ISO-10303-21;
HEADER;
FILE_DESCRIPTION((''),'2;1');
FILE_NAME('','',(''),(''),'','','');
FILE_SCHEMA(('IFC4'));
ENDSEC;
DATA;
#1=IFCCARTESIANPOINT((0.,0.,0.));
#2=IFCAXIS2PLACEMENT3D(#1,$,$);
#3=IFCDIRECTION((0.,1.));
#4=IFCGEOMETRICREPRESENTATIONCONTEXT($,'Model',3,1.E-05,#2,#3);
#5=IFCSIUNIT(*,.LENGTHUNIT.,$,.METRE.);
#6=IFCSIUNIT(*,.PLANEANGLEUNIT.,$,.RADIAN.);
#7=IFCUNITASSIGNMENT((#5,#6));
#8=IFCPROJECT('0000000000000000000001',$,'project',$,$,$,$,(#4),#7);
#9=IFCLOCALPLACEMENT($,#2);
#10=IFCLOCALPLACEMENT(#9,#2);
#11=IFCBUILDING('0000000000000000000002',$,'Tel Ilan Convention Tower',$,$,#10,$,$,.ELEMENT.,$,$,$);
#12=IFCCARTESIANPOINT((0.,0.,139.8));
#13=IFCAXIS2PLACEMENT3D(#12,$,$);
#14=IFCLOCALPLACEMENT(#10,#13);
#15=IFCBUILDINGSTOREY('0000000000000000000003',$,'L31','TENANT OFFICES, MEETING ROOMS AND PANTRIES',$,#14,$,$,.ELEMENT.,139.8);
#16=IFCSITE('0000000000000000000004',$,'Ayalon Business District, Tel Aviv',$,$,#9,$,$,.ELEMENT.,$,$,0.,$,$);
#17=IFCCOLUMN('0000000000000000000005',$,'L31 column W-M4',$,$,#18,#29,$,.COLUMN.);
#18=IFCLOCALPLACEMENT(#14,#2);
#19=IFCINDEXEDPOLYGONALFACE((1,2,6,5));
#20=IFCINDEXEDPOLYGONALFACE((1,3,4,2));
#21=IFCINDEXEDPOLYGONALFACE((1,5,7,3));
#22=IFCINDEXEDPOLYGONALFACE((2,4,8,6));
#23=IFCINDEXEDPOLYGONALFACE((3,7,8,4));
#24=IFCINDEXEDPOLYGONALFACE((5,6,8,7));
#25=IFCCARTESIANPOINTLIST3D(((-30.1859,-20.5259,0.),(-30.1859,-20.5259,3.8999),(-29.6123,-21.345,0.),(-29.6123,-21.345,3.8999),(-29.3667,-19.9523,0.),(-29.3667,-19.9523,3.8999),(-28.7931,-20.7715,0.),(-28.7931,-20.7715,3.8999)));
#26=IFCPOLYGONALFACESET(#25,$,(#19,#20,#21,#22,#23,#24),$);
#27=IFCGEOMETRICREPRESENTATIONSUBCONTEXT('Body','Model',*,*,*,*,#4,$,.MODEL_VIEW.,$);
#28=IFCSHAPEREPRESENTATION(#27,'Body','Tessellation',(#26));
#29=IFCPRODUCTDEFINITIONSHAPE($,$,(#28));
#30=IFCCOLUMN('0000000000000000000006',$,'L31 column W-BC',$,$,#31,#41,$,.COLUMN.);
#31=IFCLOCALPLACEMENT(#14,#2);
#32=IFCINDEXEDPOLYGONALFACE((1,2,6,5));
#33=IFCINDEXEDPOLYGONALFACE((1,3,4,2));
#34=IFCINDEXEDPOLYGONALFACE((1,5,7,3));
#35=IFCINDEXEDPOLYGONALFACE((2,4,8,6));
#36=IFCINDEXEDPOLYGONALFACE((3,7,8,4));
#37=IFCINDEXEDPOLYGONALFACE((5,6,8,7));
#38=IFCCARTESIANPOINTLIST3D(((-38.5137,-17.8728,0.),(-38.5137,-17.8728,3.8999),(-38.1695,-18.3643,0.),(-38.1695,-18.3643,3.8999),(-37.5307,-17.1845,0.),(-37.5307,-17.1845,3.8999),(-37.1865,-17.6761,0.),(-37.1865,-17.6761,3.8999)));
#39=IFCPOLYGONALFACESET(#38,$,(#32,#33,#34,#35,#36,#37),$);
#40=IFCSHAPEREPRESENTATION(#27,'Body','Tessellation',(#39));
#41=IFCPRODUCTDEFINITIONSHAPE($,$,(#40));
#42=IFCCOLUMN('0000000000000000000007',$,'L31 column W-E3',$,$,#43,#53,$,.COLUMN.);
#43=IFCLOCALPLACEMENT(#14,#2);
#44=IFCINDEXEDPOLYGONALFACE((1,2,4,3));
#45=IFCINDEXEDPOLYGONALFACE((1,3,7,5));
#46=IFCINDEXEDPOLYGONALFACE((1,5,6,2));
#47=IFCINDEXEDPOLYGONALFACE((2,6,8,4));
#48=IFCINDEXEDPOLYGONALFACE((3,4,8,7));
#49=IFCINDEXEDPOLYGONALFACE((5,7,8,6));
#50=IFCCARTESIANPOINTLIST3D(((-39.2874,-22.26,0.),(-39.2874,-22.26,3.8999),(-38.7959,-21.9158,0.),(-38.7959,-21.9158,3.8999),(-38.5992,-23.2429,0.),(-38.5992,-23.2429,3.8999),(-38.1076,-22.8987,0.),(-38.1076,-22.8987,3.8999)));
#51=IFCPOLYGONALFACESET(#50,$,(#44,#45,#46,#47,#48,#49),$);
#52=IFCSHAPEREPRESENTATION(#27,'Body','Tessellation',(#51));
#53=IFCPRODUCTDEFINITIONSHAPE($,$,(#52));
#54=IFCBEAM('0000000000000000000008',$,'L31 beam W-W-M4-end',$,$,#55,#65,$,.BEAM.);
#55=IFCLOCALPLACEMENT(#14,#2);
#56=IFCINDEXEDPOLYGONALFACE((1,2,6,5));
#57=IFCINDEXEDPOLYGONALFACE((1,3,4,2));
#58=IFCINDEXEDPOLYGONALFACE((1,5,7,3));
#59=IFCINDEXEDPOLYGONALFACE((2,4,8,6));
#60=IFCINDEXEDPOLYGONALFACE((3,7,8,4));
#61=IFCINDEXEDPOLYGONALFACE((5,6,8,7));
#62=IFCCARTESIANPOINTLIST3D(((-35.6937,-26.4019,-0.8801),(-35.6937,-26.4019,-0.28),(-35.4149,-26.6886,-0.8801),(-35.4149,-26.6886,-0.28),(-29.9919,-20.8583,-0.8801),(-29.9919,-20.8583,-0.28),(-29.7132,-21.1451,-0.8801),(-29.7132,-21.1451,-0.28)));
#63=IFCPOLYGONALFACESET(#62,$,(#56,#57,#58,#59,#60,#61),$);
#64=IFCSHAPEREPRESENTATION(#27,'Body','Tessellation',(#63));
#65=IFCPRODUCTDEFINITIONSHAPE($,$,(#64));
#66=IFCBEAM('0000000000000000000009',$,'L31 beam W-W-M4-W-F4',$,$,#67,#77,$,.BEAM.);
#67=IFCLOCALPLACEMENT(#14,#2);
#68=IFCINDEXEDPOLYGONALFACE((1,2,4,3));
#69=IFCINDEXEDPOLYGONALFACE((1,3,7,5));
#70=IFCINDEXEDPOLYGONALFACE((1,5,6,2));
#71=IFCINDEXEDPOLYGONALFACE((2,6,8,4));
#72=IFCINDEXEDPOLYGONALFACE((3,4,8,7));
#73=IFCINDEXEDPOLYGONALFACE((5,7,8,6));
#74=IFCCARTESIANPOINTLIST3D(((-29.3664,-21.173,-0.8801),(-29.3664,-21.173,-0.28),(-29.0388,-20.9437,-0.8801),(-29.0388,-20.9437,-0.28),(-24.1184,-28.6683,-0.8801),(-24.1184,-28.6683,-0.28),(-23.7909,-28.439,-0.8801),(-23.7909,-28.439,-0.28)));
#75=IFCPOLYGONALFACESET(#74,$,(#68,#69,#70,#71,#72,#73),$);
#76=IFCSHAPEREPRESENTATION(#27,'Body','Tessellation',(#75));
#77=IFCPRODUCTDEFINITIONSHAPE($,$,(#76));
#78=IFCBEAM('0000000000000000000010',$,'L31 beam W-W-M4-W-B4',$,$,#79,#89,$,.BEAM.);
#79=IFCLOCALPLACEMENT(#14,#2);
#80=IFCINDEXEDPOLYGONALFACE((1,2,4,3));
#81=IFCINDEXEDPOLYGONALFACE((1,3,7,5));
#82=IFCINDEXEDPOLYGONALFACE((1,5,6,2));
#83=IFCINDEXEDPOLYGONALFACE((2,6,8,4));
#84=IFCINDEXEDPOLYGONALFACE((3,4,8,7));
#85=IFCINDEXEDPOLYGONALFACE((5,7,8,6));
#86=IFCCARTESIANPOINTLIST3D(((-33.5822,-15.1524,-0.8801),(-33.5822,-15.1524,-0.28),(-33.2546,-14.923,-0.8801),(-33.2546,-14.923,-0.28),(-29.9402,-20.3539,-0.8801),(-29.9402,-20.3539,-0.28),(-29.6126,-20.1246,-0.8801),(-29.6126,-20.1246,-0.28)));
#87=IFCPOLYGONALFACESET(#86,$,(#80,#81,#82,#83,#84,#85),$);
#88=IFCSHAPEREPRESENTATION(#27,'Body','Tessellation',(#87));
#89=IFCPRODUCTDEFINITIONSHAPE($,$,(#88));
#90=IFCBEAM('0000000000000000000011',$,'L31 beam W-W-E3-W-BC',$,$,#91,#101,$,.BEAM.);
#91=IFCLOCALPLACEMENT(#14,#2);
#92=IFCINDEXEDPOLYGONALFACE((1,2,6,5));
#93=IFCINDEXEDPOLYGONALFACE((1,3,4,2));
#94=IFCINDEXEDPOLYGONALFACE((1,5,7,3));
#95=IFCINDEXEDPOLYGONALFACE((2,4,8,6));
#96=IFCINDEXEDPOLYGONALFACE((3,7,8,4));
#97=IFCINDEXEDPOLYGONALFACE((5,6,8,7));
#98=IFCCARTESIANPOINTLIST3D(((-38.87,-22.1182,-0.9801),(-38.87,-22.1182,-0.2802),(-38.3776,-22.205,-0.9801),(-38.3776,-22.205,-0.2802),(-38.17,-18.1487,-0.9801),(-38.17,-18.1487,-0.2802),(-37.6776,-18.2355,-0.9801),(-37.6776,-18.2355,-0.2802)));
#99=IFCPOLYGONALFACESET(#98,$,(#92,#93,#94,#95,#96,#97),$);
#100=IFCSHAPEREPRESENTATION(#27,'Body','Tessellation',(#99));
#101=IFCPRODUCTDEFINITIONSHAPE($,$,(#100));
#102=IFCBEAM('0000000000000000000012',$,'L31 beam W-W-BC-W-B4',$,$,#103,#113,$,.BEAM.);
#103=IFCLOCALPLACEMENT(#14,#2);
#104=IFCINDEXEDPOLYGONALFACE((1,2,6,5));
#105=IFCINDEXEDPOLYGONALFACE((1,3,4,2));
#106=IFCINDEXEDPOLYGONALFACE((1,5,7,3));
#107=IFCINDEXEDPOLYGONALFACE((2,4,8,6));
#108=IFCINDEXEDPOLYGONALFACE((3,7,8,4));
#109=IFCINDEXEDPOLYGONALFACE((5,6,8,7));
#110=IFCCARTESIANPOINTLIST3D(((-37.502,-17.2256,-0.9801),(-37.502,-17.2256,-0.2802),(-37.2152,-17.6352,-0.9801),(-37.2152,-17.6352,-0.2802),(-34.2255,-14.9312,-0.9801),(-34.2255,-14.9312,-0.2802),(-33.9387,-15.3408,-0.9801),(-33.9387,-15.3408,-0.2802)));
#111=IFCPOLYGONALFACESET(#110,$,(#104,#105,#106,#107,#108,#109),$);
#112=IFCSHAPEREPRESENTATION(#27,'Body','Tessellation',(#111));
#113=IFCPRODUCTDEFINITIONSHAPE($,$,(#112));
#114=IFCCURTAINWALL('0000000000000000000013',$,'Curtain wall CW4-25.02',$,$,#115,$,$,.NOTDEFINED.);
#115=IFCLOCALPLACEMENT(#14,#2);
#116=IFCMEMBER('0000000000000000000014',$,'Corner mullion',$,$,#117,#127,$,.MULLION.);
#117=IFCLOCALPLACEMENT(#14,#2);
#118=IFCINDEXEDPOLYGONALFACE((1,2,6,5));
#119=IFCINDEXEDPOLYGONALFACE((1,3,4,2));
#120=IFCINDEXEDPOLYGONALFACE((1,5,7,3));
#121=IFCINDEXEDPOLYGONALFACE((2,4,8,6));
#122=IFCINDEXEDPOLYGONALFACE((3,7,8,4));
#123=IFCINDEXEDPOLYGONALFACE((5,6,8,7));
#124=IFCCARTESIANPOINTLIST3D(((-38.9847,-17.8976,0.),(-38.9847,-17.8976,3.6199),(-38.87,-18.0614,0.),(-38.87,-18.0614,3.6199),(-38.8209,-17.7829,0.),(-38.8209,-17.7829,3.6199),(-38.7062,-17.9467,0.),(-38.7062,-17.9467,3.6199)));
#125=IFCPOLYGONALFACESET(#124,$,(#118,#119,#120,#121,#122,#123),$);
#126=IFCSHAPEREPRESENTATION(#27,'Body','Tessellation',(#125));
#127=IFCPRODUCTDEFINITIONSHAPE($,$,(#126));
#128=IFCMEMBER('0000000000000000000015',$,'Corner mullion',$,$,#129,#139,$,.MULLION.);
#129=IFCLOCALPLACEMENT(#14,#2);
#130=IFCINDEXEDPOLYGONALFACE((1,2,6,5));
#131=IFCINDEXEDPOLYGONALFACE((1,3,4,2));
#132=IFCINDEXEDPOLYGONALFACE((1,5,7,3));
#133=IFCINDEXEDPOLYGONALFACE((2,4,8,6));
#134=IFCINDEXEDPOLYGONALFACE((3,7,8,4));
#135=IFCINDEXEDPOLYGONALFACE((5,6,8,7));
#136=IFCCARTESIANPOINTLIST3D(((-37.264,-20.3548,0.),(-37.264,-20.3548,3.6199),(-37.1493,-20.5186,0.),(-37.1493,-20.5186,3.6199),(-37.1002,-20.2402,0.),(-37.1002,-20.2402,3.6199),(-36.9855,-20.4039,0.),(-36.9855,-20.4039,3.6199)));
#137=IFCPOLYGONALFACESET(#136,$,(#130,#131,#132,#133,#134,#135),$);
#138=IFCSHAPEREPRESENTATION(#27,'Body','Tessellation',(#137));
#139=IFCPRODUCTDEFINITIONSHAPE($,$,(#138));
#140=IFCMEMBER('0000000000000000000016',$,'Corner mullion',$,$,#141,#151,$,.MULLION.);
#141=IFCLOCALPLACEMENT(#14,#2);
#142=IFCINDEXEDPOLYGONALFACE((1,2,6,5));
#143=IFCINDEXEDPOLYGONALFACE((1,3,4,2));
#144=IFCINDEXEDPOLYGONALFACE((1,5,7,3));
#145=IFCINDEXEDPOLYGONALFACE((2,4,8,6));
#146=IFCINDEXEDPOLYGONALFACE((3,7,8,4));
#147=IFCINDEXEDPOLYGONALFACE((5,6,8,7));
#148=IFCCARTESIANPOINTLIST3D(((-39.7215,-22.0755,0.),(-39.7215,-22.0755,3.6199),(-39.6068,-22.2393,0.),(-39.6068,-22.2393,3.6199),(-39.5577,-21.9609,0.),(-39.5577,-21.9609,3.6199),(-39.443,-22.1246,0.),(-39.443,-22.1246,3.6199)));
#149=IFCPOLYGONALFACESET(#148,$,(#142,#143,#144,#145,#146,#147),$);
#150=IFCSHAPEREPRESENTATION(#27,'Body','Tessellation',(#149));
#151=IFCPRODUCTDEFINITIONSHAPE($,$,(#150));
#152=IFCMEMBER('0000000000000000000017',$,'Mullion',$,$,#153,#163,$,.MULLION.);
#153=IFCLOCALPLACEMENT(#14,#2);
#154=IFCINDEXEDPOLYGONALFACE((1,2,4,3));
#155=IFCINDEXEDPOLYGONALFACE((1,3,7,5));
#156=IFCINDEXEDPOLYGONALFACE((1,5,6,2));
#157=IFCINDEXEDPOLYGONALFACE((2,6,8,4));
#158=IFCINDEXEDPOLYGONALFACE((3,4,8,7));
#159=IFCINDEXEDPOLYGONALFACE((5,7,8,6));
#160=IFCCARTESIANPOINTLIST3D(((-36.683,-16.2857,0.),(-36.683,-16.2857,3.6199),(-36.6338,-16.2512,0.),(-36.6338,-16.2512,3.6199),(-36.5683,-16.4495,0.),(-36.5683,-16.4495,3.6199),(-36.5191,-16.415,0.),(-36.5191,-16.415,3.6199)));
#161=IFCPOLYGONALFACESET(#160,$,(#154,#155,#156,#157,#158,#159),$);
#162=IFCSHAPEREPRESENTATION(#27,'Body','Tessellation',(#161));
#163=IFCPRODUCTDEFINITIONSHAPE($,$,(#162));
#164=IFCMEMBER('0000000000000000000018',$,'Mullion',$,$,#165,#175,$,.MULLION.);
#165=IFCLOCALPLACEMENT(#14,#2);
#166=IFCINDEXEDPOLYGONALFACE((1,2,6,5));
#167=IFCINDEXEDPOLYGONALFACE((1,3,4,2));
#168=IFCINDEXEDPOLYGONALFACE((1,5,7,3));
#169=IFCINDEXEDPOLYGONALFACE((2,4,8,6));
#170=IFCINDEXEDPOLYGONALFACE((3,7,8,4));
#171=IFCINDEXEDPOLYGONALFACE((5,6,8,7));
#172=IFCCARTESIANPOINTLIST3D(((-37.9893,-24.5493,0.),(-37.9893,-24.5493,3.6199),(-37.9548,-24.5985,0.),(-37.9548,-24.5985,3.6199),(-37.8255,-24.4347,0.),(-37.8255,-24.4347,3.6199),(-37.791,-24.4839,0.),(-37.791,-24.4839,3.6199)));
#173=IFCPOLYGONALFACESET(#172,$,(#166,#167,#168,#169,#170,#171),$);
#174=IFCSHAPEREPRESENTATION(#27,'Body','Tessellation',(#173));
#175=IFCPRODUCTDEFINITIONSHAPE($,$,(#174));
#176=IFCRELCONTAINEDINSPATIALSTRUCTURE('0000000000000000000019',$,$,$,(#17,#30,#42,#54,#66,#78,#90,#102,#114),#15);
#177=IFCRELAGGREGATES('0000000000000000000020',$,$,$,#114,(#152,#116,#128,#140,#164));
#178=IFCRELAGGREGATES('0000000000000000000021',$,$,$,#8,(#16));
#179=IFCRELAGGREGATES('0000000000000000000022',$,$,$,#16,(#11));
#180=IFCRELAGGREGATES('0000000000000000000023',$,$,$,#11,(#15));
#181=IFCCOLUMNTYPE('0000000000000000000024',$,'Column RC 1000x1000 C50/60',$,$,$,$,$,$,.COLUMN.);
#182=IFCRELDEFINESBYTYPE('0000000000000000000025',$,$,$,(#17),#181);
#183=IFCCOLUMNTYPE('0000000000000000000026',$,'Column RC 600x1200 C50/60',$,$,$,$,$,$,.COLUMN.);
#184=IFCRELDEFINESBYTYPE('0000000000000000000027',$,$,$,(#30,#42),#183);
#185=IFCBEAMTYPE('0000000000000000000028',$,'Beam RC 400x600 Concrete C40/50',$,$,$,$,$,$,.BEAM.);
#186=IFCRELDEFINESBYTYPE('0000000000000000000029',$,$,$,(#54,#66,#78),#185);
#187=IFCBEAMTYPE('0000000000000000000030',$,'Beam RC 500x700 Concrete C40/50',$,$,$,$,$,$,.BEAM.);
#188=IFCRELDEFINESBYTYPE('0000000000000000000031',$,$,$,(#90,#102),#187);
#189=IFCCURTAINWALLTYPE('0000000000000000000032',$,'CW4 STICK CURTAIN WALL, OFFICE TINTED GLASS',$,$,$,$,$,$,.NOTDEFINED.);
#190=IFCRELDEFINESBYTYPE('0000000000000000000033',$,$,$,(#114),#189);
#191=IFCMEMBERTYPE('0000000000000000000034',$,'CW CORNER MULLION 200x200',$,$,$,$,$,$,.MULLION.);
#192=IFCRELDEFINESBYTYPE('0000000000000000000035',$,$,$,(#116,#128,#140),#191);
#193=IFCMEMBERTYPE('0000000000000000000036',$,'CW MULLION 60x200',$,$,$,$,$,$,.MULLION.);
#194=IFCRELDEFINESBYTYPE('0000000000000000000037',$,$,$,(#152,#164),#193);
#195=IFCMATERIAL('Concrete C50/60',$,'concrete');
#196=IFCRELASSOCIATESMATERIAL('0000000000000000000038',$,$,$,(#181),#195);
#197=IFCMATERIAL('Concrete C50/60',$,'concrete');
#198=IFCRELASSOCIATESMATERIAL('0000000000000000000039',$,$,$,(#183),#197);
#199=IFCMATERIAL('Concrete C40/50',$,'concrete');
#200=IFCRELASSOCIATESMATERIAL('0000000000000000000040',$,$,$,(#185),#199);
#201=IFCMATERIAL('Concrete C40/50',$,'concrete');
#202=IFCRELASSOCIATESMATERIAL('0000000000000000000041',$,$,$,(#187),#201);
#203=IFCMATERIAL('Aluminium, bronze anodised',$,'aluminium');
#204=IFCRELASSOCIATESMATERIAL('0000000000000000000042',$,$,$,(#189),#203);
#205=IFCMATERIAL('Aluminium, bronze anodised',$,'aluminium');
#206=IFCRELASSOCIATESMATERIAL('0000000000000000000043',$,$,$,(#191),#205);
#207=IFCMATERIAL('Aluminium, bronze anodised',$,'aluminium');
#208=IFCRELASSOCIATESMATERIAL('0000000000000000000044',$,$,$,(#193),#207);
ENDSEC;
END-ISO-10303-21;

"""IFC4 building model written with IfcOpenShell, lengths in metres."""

from ifc_helpers import new_model, si_unit, direction, frame, origin, origin_2d, place, context, subcontext, project, spatial, rectangle, extrude, material, material_profile, profile_set, type_object, element, aggregate, save


model = new_model("IFC4")

# Units and contexts
model_context = context("Model", 3, precision=1e-05, world=origin(), true_north=direction((0.0, 1.0)))
body_context = subcontext(model_context, "Body", "Model", "MODEL_VIEW")
ifc_project = project(units=[si_unit("LENGTHUNIT", "METRE"), si_unit("PLANEANGLEUNIT", "RADIAN")], contexts=[model_context])

# Site, building, storey
site_placement = place(None, origin())
site = spatial("IfcSite", under=ifc_project, at=site_placement, Name="Ayalon Business District, Tel Aviv", CompositionType="ELEMENT", RefElevation=0.0)
building_placement = place(site_placement, origin())
building = spatial("IfcBuilding", under=site, at=building_placement, Name="Tel Ilan Convention Tower", CompositionType="ELEMENT")
storey_placement = place(building_placement, frame((0.0, 0.0, 139.8)))
storey = spatial("IfcBuildingStorey", under=building, at=storey_placement, Name="L31", Description="TENANT OFFICES, MEETING ROOMS AND PANTRIES", CompositionType="ELEMENT", Elevation=139.8)

# Columns
ifc_material_1 = material(Name="Concrete C50/60", Category="concrete")
ifc_material_profile_1 = material_profile(ifc_material_1, rectangle(XDim=1.0, YDim=1.0, at=origin_2d()), Name="RC 1000x1000")
ifc_profile_set_1 = profile_set([ifc_material_profile_1], Name="Concrete C50/60")
column_type_1 = type_object("IfcColumnType", Name="Column RC 1000x1000 C50/60", PredefinedType="COLUMN", material=ifc_profile_set_1)
column_placement = place(storey_placement, frame((-29.4895, -20.6487, 0.0), z_axis=(0.0, 0.0, 1.0), x_axis=(-0.819152, -0.573576, 0.0)))
element("IfcColumn", 1, at=column_placement, inside=storey, type_object=column_type_1, Name="L31 column W-M4", PredefinedType="COLUMN", context=body_context, shape_type="SweptSolid", body=[
    extrude(rectangle(XDim=1.0, YDim=1.0, at=origin_2d()), origin(), (0.0, 0.0, 1.0), 3.8999),
])
ifc_material_2 = material(Name="Concrete C50/60", Category="concrete")
ifc_material_profile_2 = material_profile(ifc_material_2, rectangle(XDim=1.2, YDim=0.6001, at=origin_2d()), Name="RC 600x1200")
ifc_profile_set_2 = profile_set([ifc_material_profile_2], Name="Concrete C50/60")
column_type_2 = type_object("IfcColumnType", Name="Column RC 600x1200 C50/60", PredefinedType="COLUMN", material=ifc_profile_set_2)
for number, where, z_axis, x_axis, name in (
    (2, (-37.8501, -17.7744, 0.0), (0.0, 0.0, 1.0), (-0.819152, -0.573576, 0.0), "L31 column W-BC"),
    (3, (-38.6975, -22.5793, 0.0), (0.0, 0.0, 1.0), (-0.573576, 0.819152, 0.0), "L31 column W-E3"),
):
    element("IfcColumn", number, at=place(storey_placement, frame(where, z_axis=z_axis, x_axis=x_axis)), inside=storey, type_object=column_type_2, Name=name, PredefinedType="COLUMN", context=body_context, shape_type="SweptSolid", body=[
        extrude(rectangle(XDim=1.2, YDim=0.6001, at=origin_2d()), origin(), (0.0, 0.0, 1.0), 3.8999),
    ])

# Beams
ifc_material_3 = material(Name="Concrete C40/50", Category="concrete")
ifc_material_profile_3 = material_profile(ifc_material_3, rectangle(XDim=0.3999, YDim=0.6001, at=origin_2d()), Name="RC 400x600")
ifc_profile_set_3 = profile_set([ifc_material_profile_3], Name="Concrete C40/50")
beam_type_1 = type_object("IfcBeamType", Name="Beam RC 400x600 Concrete C40/50", PredefinedType="BEAM", material=ifc_profile_set_3)
beam_1_placement = place(storey_placement, frame((-29.8525, -21.0017, -0.5801), z_axis=(-0.716984, -0.69709, 0.0), x_axis=(0.69709, -0.716984, 0.0)))
element("IfcBeam", 4, at=beam_1_placement, inside=storey, type_object=beam_type_1, Name="L31 beam W-W-M4-end", PredefinedType="BEAM", context=body_context, shape_type="SweptSolid", body=[
    extrude(rectangle(XDim=0.3999, YDim=0.6001, at=origin_2d()), origin(), (0.0, 0.0, 1.0), 7.9524),
])
beam_2_placement = place(storey_placement, frame((-29.2026, -21.0583, -0.5801), z_axis=(0.573557, -0.819165, 0.0), x_axis=(0.819165, 0.573557, 0.0)))
element("IfcBeam", 5, at=beam_2_placement, inside=storey, type_object=beam_type_1, Name="L31 beam W-W-M4-W-F4", PredefinedType="BEAM", context=body_context, shape_type="SweptSolid", body=[
    extrude(rectangle(XDim=0.3999, YDim=0.6001, at=origin_2d()), origin(), (0.0, 0.0, 1.0), 9.1499),
])
beam_3_placement = place(storey_placement, frame((-29.7764, -20.2393, -0.5801), z_axis=(-0.57356, 0.819163, 0.0), x_axis=(-0.819163, -0.57356, 0.0)))
element("IfcBeam", 6, at=beam_3_placement, inside=storey, type_object=beam_type_1, Name="L31 beam W-W-M4-W-B4", PredefinedType="BEAM", context=body_context, shape_type="SweptSolid", body=[
    extrude(rectangle(XDim=0.3999, YDim=0.6001, at=origin_2d()), origin(), (0.0, 0.0, 1.0), 6.3499),
])
ifc_material_4 = material(Name="Concrete C40/50", Category="concrete")
ifc_material_profile_4 = material_profile(ifc_material_4, rectangle(XDim=0.5, YDim=0.7, at=origin_2d()), Name="RC 500x700")
ifc_profile_set_4 = profile_set([ifc_material_profile_4], Name="Concrete C40/50")
beam_type_2 = type_object("IfcBeamType", Name="Beam RC 500x700 Concrete C40/50", PredefinedType="BEAM", material=ifc_profile_set_4)
beam_4_placement = place(storey_placement, frame((-38.6238, -22.1616, -0.6301), z_axis=(0.173654, 0.984807, 0.0), x_axis=(-0.984807, 0.173654, 0.0)))
element("IfcBeam", 7, at=beam_4_placement, inside=storey, type_object=beam_type_2, Name="L31 beam W-W-E3-W-BC", PredefinedType="BEAM", context=body_context, shape_type="SweptSolid", body=[
    extrude(rectangle(XDim=0.5, YDim=0.7, at=origin_2d()), origin(), (0.0, 0.0, 1.0), 4.0308),
])
beam_5_placement = place(storey_placement, frame((-37.3586, -17.4304, -0.6301), z_axis=(0.819137, 0.573598, 0.0), x_axis=(-0.573598, 0.819137, 0.0)))
element("IfcBeam", 8, at=beam_5_placement, inside=storey, type_object=beam_type_2, Name="L31 beam W-W-BC-W-B4", PredefinedType="BEAM", context=body_context, shape_type="SweptSolid", body=[
    extrude(rectangle(XDim=0.5, YDim=0.7, at=origin_2d()), origin(), (0.0, 0.0, 1.0), 4.0),
])

# Curtain wall, members
ifc_material_5 = material(Name="Aluminium, bronze anodised", Category="aluminium")
curtain_wall_type = type_object("IfcCurtainWallType", Name="CW4 STICK CURTAIN WALL, OFFICE TINTED GLASS", PredefinedType="NOTDEFINED", material=ifc_material_5)
curtain_wall_placement = place(storey_placement, origin())
curtain_wall = element("IfcCurtainWall", 9, at=curtain_wall_placement, inside=storey, type_object=curtain_wall_type, Name="Curtain wall CW4-25.02", PredefinedType="NOTDEFINED")
ifc_material_6 = material(Name="Aluminium, bronze anodised", Category="aluminium")
ifc_material_profile_5 = material_profile(ifc_material_6, rectangle(XDim=0.2, YDim=0.2, at=origin_2d()), Name="CW CORNER MULLION 200x200")
ifc_profile_set_5 = profile_set([ifc_material_profile_5], Name="Aluminium, bronze anodised")
member_type_1 = type_object("IfcMemberType", Name="CW CORNER MULLION 200x200", PredefinedType="MULLION", material=ifc_profile_set_5)
member_1_placement = place(storey_placement, frame((-38.8455, -17.9221, 0.0), z_axis=(0.0, 0.0, 1.0), x_axis=(-0.819152, -0.573576, 0.0)))
member_1 = element("IfcMember", 10, at=member_1_placement, type_object=member_type_1, Name="Corner mullion", PredefinedType="MULLION", context=body_context, shape_type="SweptSolid", body=[
    extrude(rectangle(XDim=0.2, YDim=0.2, at=origin_2d()), origin(), (0.0, 0.0, 1.0), 3.6199),
])
member_2_placement = place(storey_placement, frame((-37.1248, -20.3794, 0.0), z_axis=(0.0, 0.0, 1.0), x_axis=(0.573576, -0.819152, 0.0)))
member_2 = element("IfcMember", 11, at=member_2_placement, type_object=member_type_1, Name="Corner mullion", PredefinedType="MULLION", context=body_context, shape_type="SweptSolid", body=[
    extrude(rectangle(XDim=0.2, YDim=0.2, at=origin_2d()), origin(), (0.0, 0.0, 1.0), 3.6199),
])
member_3_placement = place(storey_placement, frame((-39.5823, -22.1001, 0.0), z_axis=(0.0, 0.0, 1.0), x_axis=(-0.819152, -0.573576, 0.0)))
member_3 = element("IfcMember", 12, at=member_3_placement, type_object=member_type_1, Name="Corner mullion", PredefinedType="MULLION", context=body_context, shape_type="SweptSolid", body=[
    extrude(rectangle(XDim=0.2, YDim=0.2, at=origin_2d()), origin(), (0.0, 0.0, 1.0), 3.6199),
])
ifc_material_7 = material(Name="Aluminium, bronze anodised", Category="aluminium")
ifc_material_profile_6 = material_profile(ifc_material_7, rectangle(XDim=0.0601, YDim=0.2, at=origin_2d()), Name="CW MULLION 60x200")
ifc_profile_set_6 = profile_set([ifc_material_profile_6], Name="Aluminium, bronze anodised")
member_type_2 = type_object("IfcMemberType", Name="CW MULLION 60x200", PredefinedType="MULLION", material=ifc_profile_set_6)
member_4_placement = place(storey_placement, frame((-36.6011, -16.3503, 0.0), z_axis=(0.0, 0.0, 1.0), x_axis=(-0.819152, -0.573576, 0.0)))
member_4 = element("IfcMember", 13, at=member_4_placement, type_object=member_type_2, Name="Mullion", PredefinedType="MULLION", context=body_context, shape_type="SweptSolid", body=[
    extrude(rectangle(XDim=0.0601, YDim=0.2, at=origin_2d()), origin(), (0.0, 0.0, 1.0), 3.6199),
])
member_5_placement = place(storey_placement, frame((-37.8901, -24.5166, 0.0), z_axis=(0.0, 0.0, 1.0), x_axis=(0.573576, -0.819152, 0.0)))
member_5 = element("IfcMember", 14, at=member_5_placement, type_object=member_type_2, Name="Mullion", PredefinedType="MULLION", context=body_context, shape_type="SweptSolid", body=[
    extrude(rectangle(XDim=0.0601, YDim=0.2, at=origin_2d()), origin(), (0.0, 0.0, 1.0), 3.6199),
])
aggregate(curtain_wall, [member_4, member_1, member_2, member_3, member_5])

save(model, "model.ifc")
